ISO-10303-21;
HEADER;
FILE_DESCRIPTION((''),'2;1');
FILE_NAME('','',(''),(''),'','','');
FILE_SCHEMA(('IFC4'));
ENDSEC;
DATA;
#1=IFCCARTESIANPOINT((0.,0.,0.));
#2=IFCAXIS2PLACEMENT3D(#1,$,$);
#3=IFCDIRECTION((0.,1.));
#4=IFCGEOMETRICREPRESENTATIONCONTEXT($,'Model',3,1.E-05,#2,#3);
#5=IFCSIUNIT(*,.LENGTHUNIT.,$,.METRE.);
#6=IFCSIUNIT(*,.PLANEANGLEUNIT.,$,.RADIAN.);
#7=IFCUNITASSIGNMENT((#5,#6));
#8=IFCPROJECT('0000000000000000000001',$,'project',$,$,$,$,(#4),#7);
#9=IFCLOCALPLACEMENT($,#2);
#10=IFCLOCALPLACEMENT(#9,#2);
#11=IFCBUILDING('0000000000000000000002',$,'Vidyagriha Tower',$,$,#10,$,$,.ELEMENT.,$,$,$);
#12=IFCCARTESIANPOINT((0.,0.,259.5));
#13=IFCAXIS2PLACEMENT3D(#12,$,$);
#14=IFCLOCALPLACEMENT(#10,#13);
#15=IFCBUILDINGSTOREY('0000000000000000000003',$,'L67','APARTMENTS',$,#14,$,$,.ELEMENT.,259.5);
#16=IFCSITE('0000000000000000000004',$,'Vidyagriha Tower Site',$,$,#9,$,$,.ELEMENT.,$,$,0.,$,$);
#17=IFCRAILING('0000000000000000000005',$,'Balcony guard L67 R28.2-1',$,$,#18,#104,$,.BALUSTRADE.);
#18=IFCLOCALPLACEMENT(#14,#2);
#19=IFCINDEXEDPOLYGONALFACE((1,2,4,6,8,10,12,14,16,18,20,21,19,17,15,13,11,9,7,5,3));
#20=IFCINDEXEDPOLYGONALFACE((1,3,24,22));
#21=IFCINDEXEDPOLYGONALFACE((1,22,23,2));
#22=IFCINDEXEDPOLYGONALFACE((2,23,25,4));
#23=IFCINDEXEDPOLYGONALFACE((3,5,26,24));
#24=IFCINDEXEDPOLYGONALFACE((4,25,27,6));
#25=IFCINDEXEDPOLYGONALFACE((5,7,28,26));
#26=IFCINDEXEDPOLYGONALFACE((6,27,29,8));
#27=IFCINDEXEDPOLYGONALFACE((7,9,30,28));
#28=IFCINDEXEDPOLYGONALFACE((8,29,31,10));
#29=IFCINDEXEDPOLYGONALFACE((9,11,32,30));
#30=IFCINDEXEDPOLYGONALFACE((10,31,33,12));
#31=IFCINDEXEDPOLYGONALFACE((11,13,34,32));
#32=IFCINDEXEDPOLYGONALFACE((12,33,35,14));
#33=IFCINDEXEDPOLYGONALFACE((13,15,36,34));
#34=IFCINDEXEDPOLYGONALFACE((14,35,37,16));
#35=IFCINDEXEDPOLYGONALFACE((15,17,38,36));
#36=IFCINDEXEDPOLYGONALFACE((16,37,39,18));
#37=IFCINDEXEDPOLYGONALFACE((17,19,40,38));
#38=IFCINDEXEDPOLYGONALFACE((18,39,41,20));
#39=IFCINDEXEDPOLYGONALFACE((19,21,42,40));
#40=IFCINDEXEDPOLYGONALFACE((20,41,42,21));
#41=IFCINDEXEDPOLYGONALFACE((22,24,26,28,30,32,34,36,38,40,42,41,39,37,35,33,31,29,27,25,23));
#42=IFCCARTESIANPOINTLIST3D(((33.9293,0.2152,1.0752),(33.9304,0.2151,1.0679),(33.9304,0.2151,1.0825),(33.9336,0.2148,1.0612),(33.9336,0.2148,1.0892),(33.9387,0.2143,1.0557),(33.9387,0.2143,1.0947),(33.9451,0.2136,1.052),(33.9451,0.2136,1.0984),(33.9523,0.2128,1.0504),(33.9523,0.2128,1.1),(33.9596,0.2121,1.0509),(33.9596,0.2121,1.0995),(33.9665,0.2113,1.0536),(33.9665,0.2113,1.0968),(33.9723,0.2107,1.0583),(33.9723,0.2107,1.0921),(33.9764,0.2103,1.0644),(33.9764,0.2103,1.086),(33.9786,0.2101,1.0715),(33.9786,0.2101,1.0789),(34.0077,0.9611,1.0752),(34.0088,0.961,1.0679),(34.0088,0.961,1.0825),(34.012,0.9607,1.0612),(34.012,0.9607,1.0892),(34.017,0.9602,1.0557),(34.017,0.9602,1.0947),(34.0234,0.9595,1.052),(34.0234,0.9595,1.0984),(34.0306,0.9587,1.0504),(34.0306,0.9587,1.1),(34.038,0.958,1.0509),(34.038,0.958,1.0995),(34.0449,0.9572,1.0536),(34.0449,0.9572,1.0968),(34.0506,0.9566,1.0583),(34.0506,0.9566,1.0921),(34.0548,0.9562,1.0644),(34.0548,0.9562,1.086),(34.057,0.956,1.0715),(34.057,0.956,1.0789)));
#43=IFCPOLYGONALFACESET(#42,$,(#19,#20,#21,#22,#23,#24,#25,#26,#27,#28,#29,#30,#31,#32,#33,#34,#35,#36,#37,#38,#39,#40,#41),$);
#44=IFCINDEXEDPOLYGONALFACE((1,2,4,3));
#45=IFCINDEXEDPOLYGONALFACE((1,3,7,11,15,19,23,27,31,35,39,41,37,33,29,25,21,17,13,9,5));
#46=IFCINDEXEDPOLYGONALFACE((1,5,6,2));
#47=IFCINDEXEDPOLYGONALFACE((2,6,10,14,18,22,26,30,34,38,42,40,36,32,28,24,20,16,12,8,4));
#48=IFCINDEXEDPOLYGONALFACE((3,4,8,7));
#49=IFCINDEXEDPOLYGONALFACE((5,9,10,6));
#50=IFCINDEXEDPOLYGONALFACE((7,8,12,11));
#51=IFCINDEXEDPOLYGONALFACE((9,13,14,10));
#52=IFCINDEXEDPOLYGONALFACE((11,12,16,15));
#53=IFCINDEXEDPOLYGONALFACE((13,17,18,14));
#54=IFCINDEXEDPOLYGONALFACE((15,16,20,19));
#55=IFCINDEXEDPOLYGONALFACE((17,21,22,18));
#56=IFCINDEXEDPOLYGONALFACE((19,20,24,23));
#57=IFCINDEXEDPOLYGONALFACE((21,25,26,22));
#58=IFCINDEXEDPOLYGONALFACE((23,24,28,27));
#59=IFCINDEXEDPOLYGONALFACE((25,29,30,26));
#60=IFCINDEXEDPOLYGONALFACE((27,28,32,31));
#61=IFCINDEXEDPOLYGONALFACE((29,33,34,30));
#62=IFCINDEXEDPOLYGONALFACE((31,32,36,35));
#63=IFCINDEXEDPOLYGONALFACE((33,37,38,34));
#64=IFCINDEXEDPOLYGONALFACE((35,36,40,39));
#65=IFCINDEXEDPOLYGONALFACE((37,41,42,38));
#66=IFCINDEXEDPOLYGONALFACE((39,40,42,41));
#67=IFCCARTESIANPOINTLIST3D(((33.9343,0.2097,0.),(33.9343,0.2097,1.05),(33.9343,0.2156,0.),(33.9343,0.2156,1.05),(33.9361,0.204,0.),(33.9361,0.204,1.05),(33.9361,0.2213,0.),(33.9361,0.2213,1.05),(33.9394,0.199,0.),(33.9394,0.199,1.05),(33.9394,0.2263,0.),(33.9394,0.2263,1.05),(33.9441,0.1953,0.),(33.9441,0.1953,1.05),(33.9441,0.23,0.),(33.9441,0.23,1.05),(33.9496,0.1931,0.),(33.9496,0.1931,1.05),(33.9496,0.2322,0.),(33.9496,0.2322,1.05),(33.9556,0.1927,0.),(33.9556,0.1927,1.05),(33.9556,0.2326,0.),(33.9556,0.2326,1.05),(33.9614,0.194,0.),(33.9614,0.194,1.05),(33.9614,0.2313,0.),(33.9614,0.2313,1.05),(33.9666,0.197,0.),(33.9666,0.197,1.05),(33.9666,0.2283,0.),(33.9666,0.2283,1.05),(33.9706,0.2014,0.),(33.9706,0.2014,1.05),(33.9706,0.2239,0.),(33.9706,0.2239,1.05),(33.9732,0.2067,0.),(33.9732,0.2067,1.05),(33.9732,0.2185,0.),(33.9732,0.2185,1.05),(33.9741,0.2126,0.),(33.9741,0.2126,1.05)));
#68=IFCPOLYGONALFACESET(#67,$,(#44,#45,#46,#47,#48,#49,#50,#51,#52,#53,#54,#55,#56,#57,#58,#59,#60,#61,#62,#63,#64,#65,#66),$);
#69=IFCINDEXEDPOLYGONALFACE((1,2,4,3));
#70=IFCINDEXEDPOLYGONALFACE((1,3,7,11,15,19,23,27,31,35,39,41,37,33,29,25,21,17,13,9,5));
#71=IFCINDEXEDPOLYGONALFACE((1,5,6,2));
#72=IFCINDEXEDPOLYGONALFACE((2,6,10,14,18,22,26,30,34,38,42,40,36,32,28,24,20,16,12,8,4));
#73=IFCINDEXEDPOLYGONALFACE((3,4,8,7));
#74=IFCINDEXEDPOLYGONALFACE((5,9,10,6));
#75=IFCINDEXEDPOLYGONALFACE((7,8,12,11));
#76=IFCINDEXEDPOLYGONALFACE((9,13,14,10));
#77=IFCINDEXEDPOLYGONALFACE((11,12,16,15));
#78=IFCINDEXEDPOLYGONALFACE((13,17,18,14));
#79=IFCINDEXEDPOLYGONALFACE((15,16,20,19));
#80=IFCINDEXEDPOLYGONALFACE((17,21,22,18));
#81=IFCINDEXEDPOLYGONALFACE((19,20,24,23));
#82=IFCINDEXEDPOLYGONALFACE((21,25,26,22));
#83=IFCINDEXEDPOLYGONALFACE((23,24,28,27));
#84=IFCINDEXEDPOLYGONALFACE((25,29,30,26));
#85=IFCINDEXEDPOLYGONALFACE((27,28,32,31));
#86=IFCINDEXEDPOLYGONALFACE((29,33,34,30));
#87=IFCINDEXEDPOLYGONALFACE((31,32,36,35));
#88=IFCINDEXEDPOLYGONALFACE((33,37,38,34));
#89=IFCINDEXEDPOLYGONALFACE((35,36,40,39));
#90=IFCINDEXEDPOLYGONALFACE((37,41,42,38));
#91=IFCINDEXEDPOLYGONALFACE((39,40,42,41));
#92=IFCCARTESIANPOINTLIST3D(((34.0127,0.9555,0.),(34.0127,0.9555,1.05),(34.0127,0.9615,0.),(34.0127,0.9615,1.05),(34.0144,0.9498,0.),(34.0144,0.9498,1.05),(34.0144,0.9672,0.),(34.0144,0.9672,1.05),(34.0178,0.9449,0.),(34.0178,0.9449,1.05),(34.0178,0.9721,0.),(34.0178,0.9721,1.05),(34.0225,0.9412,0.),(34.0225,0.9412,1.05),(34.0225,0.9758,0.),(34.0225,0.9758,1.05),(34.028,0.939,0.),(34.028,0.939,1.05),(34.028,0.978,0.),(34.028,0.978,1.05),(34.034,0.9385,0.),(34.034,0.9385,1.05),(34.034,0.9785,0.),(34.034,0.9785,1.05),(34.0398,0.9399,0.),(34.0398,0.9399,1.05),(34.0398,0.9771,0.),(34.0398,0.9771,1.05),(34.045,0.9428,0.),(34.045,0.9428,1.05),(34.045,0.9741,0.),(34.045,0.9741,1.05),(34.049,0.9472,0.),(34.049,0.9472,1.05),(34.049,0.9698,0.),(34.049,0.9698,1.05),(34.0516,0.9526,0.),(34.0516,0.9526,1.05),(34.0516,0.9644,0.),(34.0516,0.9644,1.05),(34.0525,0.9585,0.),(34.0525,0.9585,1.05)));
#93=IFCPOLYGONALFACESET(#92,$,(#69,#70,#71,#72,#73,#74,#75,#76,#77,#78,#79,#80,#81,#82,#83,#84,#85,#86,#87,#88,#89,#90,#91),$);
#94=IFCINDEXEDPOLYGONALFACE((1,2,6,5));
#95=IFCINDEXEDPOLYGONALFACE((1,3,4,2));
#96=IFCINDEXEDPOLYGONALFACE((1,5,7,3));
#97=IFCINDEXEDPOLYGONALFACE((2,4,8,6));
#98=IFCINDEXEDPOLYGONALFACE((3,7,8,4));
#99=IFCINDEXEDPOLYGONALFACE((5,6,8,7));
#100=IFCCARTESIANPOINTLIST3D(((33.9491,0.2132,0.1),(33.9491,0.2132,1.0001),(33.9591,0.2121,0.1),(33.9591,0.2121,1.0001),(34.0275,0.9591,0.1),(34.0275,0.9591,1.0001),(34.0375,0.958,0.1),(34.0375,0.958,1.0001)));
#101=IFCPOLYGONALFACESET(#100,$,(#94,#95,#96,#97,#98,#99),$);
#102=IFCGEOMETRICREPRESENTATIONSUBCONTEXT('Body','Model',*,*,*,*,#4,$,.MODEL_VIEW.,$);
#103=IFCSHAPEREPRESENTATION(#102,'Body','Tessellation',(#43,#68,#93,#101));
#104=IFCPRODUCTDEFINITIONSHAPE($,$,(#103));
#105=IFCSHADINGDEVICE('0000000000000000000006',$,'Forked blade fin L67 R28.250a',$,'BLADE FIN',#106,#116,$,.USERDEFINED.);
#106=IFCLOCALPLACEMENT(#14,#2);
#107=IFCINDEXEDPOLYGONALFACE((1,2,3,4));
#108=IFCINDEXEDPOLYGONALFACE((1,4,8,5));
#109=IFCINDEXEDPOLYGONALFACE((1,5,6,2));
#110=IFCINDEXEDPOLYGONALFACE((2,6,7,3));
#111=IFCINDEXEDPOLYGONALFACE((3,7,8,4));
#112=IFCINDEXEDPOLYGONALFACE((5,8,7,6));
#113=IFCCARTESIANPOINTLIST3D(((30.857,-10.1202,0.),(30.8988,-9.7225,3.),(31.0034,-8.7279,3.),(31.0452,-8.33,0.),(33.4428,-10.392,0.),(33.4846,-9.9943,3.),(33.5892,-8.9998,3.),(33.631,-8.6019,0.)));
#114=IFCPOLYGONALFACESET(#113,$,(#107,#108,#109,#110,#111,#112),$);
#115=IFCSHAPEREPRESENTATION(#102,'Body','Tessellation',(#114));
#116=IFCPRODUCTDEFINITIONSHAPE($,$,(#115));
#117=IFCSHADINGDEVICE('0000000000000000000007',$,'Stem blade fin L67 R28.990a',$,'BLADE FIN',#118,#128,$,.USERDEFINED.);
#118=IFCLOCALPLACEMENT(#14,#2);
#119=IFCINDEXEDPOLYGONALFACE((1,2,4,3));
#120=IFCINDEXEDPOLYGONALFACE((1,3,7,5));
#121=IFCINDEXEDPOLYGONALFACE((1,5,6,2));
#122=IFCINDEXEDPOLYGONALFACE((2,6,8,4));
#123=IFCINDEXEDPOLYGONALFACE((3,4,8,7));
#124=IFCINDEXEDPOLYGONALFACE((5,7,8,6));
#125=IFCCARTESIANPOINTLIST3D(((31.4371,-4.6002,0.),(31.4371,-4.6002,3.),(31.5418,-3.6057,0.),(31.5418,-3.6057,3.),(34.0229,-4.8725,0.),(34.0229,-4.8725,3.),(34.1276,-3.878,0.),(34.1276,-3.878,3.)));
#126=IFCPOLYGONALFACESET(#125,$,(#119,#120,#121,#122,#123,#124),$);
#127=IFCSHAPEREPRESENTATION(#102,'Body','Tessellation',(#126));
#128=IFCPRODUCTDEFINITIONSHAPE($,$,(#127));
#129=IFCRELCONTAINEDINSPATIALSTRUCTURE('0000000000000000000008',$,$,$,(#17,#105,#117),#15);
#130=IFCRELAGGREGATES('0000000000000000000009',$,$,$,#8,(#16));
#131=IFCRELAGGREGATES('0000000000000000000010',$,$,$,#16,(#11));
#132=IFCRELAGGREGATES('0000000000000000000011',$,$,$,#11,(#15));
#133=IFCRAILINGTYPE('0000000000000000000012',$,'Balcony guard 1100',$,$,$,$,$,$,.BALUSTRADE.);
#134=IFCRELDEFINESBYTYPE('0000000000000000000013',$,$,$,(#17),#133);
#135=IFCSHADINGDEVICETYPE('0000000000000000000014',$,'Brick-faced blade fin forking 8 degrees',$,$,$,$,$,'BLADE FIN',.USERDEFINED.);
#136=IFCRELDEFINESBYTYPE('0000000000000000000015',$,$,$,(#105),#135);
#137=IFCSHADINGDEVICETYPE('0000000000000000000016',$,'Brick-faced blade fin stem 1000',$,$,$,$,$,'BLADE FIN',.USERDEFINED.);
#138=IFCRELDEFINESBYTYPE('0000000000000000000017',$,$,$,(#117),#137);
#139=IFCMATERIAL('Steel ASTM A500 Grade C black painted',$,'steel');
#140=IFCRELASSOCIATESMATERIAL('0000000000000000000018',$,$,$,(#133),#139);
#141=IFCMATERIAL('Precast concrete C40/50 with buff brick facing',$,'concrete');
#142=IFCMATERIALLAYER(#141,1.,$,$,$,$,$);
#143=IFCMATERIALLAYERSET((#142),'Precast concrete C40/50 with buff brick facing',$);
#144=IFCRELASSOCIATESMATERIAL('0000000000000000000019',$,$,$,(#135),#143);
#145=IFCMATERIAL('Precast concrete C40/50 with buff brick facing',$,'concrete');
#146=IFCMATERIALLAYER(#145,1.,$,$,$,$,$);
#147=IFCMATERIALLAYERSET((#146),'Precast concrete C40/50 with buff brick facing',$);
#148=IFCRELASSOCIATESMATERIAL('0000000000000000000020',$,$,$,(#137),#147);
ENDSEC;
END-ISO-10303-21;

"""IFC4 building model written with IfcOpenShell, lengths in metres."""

from ifc_helpers import new_model, si_unit, direction, frame, origin, origin_2d, place, context, subcontext, project, spatial, polyline, rectangle, circle, outline, extrude, material, layer, layer_set, type_object, element, save


model = new_model("IFC4")

# Units and contexts
model_context = context("Model", 3, precision=1e-05, world=origin(), true_north=direction((0.0, 1.0)))
body_context = subcontext(model_context, "Body", "Model", "MODEL_VIEW")
ifc_project = project(units=[si_unit("LENGTHUNIT", "METRE"), si_unit("PLANEANGLEUNIT", "RADIAN")], contexts=[model_context])

# Site, building, storey
site_placement = place(None, origin())
site = spatial("IfcSite", under=ifc_project, at=site_placement, Name="Vidyagriha Tower Site", CompositionType="ELEMENT", RefElevation=0.0)
building_placement = place(site_placement, origin())
building = spatial("IfcBuilding", under=site, at=building_placement, Name="Vidyagriha Tower", CompositionType="ELEMENT")
storey_placement = place(building_placement, frame((0.0, 0.0, 259.5)))
storey = spatial("IfcBuildingStorey", under=building, at=storey_placement, Name="L67", Description="APARTMENTS", CompositionType="ELEMENT", Elevation=259.5)

# Railing
ifc_material_1 = material(Name="Steel ASTM A500 Grade C black painted", Category="steel")
railing_type_1 = type_object("IfcRailingType", Name="Balcony guard 1100", PredefinedType="BALUSTRADE", material=ifc_material_1)
railing_1_placement = place(storey_placement, frame((33.9541, 0.2126, 0.0)))
element("IfcRailing", 1, at=railing_1_placement, inside=storey, type_object=railing_type_1, Name="Balcony guard L67 R28.2-1", PredefinedType="BALUSTRADE", context=body_context, shape_type="SweptSolid", body=[
    extrude(circle(Radius=0.0249, at=origin_2d()), frame((0.0, 0.0, 1.0752), z_axis=(0.104498, 0.994525, 0.0), x_axis=(-0.994525, 0.104498, 0.0)), (0.0, 0.0, 1.0), 0.75),
    extrude(circle(Radius=0.02, at=origin_2d()), origin(), (0.0, 0.0, 1.0), 1.05),
    extrude(circle(Radius=0.02, at=origin_2d()), frame((0.0784, 0.7458, 0.0)), (0.0, 0.0, 1.0), 1.05),
    extrude(rectangle(XDim=0.01, YDim=0.9001, at=origin_2d()), frame((0.0, 0.0, 0.55), z_axis=(0.104498, 0.994525, 0.0), x_axis=(-0.994525, 0.104498, 0.0)), (0.0, 0.0, 1.0), 0.75),
])

# Shading devices
ifc_material_2 = material(Name="Precast concrete C40/50 with buff brick facing", Category="concrete")
ifc_layer_1 = layer(ifc_material_2, 1.0)
ifc_layer_set_1 = layer_set([ifc_layer_1], Name="Precast concrete C40/50 with buff brick facing")
shading_device_type_1 = type_object("IfcShadingDeviceType", Name="Brick-faced blade fin forking 8 degrees", ElementType="BLADE FIN", PredefinedType="USERDEFINED", material=ifc_layer_set_1)
shading_device_1_placement = place(storey_placement, frame((32.1499, -10.2561, 0.0), z_axis=(0.0, 0.0, 1.0), x_axis=(0.104565, 0.994518, 0.0)))
element("IfcShadingDevice", 2, at=shading_device_1_placement, inside=storey, type_object=shading_device_type_1, Name="Forked blade fin L67 R28.250a", ObjectType="BLADE FIN", PredefinedType="USERDEFINED", context=body_context, shape_type="SweptSolid", body=[
    extrude(outline(polyline([(0.0, 0.0), (1.8, 0.0), (1.3999, 3.0), (0.3999, 3.0), (0.0, 0.0)])), frame((0.0, 1.3, 0.0), z_axis=(0.0, -1.0, 0.0), x_axis=(1.0, 0.0, 0.0)), (0.0, 0.0, 1.0), 2.6001),
])
ifc_material_3 = material(Name="Precast concrete C40/50 with buff brick facing", Category="concrete")
ifc_layer_2 = layer(ifc_material_3, 1.0)
ifc_layer_set_2 = layer_set([ifc_layer_2], Name="Precast concrete C40/50 with buff brick facing")
shading_device_type_2 = type_object("IfcShadingDeviceType", Name="Brick-faced blade fin stem 1000", ElementType="BLADE FIN", PredefinedType="USERDEFINED", material=ifc_layer_set_2)
shading_device_2_placement = place(storey_placement, frame((32.73, -4.7363, 0.0), z_axis=(0.0, 0.0, 1.0), x_axis=(0.104748, 0.994499, 0.0)))
element("IfcShadingDevice", 3, at=shading_device_2_placement, inside=storey, type_object=shading_device_type_2, Name="Stem blade fin L67 R28.990a", ObjectType="BLADE FIN", PredefinedType="USERDEFINED", context=body_context, shape_type="SweptSolid", body=[
    extrude(outline(polyline([(0.0, 0.0), (1.0, 0.0), (1.0, 3.0), (0.0, 3.0), (0.0, 0.0)])), frame((0.0, 1.3, 0.0), z_axis=(0.0, -1.0, 0.0), x_axis=(1.0, 0.0, 0.0)), (0.0, 0.0, 1.0), 2.6001),
])

save(model, "model.ifc")
